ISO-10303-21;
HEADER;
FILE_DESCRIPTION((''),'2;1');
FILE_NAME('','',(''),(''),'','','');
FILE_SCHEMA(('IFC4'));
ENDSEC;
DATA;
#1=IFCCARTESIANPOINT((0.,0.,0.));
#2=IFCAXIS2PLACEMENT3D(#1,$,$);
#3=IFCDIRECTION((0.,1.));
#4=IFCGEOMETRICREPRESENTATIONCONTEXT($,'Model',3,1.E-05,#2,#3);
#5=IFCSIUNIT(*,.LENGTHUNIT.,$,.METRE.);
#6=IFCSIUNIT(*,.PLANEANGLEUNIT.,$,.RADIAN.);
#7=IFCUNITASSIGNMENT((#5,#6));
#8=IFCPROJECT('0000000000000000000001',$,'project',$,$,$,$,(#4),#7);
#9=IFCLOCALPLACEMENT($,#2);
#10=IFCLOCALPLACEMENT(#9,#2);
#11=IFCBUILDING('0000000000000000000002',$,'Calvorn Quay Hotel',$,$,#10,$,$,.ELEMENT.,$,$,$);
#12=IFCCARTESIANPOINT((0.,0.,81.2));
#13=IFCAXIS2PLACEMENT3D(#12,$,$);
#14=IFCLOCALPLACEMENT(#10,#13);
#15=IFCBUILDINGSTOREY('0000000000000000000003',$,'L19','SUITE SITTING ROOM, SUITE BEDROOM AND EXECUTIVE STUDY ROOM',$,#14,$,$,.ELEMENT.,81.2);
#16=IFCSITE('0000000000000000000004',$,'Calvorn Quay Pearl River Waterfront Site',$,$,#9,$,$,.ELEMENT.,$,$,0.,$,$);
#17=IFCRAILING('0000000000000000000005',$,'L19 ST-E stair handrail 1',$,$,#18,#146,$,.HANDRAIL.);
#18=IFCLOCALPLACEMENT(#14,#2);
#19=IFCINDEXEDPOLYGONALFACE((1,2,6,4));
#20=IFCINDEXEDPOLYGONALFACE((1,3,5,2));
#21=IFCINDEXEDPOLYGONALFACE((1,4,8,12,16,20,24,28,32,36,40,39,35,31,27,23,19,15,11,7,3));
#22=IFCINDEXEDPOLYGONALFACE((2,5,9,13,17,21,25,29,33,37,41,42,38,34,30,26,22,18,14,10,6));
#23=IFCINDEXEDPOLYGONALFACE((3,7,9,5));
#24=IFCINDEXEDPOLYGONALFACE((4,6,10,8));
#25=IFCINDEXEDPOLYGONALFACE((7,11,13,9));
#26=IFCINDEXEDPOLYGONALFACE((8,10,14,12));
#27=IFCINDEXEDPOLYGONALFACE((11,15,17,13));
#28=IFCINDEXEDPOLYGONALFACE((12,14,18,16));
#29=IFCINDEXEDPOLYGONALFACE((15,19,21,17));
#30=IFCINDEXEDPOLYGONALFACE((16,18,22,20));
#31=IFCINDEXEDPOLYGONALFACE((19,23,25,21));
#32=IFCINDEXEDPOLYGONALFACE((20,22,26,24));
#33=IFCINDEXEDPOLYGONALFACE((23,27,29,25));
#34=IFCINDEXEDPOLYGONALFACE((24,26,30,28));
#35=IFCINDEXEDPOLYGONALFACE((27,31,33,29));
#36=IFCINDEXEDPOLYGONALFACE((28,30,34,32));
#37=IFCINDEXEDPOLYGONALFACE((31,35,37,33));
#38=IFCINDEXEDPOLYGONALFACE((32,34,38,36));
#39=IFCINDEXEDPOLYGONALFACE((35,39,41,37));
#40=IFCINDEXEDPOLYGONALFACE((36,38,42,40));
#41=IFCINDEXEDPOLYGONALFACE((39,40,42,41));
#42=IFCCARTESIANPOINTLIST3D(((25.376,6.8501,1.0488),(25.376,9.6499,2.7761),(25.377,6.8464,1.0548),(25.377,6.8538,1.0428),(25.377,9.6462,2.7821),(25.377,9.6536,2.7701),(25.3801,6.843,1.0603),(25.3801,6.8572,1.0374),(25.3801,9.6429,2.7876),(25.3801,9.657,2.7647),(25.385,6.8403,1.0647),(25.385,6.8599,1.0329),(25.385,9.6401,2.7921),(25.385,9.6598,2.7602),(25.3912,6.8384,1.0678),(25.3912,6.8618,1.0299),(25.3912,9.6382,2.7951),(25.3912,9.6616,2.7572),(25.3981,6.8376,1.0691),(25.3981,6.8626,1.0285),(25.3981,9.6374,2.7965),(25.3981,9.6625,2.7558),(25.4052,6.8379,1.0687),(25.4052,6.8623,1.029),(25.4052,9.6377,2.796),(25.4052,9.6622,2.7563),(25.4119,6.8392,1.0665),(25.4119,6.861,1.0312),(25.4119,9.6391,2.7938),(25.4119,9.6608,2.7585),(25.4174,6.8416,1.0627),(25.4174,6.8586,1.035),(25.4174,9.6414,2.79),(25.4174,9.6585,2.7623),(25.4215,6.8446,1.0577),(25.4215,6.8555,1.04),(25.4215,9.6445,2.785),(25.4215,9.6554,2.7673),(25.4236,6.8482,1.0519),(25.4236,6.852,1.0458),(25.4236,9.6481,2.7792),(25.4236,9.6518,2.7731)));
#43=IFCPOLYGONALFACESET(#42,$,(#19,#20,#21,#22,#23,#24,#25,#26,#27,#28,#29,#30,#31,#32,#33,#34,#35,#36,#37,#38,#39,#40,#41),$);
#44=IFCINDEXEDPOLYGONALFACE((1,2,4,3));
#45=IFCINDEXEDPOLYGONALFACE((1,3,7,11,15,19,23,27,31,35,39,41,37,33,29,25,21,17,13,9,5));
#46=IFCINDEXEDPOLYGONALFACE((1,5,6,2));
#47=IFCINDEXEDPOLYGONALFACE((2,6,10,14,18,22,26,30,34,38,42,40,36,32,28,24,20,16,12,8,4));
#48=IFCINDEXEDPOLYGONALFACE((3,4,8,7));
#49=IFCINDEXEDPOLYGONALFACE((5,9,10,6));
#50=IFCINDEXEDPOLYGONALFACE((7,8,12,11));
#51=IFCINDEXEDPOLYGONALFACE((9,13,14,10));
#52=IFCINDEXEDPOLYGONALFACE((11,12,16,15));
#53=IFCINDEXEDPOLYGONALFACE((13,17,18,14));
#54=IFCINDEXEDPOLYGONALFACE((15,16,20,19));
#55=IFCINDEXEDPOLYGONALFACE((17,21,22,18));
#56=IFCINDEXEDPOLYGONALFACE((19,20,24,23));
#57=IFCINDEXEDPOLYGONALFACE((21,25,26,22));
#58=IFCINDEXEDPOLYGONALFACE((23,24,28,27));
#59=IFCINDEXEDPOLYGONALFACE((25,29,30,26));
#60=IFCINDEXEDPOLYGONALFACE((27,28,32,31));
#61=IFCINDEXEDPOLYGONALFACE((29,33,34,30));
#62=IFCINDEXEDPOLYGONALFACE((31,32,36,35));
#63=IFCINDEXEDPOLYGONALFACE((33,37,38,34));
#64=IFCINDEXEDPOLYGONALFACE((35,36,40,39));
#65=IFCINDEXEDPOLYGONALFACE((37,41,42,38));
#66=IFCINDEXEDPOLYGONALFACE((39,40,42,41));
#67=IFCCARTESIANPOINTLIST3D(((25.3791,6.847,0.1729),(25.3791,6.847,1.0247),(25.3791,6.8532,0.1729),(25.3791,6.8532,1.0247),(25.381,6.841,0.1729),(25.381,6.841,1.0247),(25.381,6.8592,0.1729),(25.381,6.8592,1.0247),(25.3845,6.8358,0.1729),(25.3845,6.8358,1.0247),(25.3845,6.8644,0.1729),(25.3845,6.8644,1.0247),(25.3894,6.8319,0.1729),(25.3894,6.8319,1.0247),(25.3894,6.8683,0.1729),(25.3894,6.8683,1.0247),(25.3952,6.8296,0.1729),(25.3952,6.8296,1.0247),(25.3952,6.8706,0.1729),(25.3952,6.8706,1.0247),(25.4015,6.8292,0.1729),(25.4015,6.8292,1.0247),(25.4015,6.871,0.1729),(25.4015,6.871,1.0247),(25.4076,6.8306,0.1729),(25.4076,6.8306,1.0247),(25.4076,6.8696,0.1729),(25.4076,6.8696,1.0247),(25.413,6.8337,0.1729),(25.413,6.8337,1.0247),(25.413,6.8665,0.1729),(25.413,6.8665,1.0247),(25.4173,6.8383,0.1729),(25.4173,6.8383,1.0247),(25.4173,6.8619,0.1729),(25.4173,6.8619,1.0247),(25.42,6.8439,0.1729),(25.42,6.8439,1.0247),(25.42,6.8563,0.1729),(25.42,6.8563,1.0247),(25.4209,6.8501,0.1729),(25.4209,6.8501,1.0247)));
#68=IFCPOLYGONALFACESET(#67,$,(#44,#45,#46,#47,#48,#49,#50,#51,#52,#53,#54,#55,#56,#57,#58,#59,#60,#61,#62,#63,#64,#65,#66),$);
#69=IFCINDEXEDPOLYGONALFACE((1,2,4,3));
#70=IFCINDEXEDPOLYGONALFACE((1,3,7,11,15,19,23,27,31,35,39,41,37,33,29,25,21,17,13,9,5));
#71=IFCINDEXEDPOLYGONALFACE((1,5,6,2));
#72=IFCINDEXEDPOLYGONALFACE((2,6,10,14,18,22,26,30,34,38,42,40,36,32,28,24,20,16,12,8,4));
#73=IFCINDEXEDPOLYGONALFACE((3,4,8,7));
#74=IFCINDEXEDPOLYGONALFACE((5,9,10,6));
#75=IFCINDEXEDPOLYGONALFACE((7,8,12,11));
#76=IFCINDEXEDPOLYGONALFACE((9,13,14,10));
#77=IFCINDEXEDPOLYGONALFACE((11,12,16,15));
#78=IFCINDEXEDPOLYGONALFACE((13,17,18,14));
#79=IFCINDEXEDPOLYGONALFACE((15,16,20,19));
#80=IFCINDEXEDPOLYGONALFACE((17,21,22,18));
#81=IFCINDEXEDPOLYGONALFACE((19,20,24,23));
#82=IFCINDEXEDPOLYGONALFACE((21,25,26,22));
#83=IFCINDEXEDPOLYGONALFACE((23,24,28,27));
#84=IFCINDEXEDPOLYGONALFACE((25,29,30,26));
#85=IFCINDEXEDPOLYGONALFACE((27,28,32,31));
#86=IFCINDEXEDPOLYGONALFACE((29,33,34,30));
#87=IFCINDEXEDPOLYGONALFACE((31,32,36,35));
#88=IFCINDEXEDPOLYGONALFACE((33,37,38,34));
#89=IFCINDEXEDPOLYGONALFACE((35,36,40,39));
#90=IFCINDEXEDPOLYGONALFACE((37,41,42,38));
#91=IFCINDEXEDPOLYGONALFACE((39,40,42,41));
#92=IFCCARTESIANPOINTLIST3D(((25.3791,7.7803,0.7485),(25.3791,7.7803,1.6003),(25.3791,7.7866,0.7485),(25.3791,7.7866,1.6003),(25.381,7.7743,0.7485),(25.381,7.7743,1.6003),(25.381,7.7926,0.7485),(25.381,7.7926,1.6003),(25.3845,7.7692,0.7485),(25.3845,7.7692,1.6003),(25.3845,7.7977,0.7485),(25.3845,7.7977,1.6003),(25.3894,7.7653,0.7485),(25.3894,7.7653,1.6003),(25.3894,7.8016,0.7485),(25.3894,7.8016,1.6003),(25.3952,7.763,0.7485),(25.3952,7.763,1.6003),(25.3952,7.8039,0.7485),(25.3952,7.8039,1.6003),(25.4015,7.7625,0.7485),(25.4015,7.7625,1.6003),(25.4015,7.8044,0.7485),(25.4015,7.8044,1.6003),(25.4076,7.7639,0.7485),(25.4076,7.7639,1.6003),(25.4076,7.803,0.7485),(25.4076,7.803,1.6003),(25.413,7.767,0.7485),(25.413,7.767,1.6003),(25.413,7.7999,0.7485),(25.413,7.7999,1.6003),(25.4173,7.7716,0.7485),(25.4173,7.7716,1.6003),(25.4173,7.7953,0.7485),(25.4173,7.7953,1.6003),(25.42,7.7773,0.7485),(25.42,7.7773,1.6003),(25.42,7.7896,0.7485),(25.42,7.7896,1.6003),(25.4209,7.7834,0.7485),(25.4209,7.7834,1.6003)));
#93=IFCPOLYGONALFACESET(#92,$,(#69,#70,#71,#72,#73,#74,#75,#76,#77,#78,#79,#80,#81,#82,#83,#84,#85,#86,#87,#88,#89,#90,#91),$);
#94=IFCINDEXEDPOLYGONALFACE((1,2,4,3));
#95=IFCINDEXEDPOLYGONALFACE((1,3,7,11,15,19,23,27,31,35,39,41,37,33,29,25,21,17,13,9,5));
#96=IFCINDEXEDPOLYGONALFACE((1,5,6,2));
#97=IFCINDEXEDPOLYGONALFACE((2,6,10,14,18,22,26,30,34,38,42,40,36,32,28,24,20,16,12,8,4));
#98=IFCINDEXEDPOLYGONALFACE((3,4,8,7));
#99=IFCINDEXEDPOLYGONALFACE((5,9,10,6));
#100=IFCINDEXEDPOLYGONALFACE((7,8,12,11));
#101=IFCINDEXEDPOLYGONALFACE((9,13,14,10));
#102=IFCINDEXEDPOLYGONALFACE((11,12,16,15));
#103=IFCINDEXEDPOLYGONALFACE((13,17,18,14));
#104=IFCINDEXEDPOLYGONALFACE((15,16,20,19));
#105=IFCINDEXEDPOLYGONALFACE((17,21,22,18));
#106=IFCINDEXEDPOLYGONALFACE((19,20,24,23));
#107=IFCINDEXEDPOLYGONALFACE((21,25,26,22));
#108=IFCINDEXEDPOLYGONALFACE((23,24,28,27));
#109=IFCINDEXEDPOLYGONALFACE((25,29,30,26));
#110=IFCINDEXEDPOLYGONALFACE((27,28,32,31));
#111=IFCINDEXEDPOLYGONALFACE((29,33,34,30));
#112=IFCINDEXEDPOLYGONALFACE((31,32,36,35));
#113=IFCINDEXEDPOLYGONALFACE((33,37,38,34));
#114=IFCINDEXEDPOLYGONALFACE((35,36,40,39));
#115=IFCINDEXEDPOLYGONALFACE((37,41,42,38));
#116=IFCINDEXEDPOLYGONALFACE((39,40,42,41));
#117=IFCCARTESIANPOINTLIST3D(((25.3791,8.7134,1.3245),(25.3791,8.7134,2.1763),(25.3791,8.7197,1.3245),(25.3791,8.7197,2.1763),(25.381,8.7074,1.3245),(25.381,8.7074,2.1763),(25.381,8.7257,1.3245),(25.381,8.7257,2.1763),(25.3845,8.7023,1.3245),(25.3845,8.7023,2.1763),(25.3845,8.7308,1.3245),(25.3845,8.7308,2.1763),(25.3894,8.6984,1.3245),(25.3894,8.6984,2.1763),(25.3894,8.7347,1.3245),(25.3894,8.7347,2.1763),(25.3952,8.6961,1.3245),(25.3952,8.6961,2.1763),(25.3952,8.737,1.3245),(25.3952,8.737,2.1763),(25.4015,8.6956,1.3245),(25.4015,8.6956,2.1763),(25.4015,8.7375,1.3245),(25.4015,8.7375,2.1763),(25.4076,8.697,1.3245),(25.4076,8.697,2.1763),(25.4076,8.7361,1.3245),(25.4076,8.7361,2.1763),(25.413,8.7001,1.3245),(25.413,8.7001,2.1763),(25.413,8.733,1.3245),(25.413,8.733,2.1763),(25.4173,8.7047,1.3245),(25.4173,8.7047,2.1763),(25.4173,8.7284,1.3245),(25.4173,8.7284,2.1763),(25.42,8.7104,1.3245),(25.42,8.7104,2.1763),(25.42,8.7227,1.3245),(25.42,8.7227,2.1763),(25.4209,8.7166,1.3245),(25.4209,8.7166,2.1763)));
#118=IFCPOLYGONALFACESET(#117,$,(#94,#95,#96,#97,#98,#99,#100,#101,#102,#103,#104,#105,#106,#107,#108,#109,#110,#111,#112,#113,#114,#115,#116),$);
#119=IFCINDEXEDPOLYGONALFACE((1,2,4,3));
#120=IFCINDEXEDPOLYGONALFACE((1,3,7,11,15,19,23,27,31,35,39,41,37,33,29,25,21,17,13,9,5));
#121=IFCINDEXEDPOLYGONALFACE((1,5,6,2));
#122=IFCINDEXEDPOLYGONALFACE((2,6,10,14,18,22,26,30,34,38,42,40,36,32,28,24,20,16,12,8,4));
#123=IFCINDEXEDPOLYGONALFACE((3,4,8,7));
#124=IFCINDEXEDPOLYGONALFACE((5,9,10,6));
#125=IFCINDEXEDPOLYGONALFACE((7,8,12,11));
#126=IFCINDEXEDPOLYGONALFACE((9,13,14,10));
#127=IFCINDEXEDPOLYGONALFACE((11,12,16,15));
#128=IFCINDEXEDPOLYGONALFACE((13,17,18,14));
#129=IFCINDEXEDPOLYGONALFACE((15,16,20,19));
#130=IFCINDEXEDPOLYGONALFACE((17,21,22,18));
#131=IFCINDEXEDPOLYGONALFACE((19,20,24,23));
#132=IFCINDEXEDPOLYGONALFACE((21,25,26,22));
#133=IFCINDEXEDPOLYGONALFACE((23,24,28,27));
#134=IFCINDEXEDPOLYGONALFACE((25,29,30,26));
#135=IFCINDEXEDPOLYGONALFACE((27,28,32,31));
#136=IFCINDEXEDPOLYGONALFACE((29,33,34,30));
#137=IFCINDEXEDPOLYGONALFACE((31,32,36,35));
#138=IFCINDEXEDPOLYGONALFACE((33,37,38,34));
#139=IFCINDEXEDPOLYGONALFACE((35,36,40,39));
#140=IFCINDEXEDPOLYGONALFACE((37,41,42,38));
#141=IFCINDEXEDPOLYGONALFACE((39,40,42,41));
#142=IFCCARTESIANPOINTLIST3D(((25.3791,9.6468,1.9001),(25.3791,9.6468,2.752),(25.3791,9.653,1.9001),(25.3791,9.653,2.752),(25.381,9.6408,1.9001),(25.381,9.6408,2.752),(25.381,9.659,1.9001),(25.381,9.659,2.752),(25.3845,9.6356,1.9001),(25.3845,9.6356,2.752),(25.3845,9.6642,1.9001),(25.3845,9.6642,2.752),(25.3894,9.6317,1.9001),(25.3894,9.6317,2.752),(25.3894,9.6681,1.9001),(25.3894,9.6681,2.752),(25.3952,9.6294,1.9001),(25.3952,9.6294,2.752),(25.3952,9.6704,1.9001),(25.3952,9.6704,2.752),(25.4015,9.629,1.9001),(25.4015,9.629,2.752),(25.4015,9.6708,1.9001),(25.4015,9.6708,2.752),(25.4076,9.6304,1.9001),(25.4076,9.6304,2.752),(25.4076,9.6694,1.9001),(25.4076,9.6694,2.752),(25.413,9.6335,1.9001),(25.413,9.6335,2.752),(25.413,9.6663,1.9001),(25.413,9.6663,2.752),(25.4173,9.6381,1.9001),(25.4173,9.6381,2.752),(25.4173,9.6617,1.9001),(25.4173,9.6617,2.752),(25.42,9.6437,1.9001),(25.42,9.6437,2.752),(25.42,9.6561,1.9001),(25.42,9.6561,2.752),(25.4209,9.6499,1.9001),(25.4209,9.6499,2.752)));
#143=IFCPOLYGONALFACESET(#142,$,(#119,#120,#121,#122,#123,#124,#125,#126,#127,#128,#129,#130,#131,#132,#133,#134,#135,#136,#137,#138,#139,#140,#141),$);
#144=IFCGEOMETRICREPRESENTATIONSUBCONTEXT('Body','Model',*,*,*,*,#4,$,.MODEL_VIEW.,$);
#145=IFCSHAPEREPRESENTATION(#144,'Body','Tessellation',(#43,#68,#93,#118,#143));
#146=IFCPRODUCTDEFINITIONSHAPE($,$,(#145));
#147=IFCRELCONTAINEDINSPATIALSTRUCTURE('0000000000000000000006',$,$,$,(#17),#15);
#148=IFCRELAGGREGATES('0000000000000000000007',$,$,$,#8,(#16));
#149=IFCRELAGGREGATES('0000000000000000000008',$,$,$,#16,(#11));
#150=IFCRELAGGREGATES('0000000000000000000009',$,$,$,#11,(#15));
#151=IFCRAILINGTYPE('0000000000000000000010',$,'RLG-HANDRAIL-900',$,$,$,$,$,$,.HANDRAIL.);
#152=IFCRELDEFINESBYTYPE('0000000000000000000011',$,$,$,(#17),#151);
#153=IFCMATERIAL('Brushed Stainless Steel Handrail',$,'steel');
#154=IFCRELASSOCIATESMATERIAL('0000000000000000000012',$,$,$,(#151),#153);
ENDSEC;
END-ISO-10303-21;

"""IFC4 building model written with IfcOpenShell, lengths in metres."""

from ifc_helpers import new_model, si_unit, direction, frame, origin, origin_2d, place, context, subcontext, project, spatial, circle, extrude, material, type_object, element, save


model = new_model("IFC4")

# Units and contexts
model_context = context("Model", 3, precision=1e-05, world=origin(), true_north=direction((0.0, 1.0)))
body_context = subcontext(model_context, "Body", "Model", "MODEL_VIEW")
ifc_project = project(units=[si_unit("LENGTHUNIT", "METRE"), si_unit("PLANEANGLEUNIT", "RADIAN")], contexts=[model_context])

# Site, building, storey
site_placement = place(None, origin())
site = spatial("IfcSite", under=ifc_project, at=site_placement, Name="Calvorn Quay Pearl River Waterfront Site", CompositionType="ELEMENT", RefElevation=0.0)
building_placement = place(site_placement, origin())
building = spatial("IfcBuilding", under=site, at=building_placement, Name="Calvorn Quay Hotel", CompositionType="ELEMENT")
storey_placement = place(building_placement, frame((0.0, 0.0, 81.2)))
storey = spatial("IfcBuildingStorey", under=building, at=storey_placement, Name="L19", Description="SUITE SITTING ROOM, SUITE BEDROOM AND EXECUTIVE STUDY ROOM", CompositionType="ELEMENT", Elevation=81.2)

# Railing
ifc_material_1 = material(Name="Brushed Stainless Steel Handrail", Category="steel")
railing_type_1 = type_object("IfcRailingType", Name="RLG-HANDRAIL-900", PredefinedType="HANDRAIL", material=ifc_material_1)
railing_1_placement = place(storey_placement, frame((25.3999, 6.8501, 0.1729)))
element("IfcRailing", 1, at=railing_1_placement, inside=storey, type_object=railing_type_1, Name="L19 ST-E stair handrail 1", PredefinedType="HANDRAIL", context=body_context, shape_type="SweptSolid", body=[
    extrude(circle(Radius=0.0239, at=origin_2d()), frame((0.0, 0.0, 0.876), z_axis=(0.0, 0.851069, 0.525054), x_axis=(-1.0, 0.0, 0.0)), (0.0, 0.0, 1.0), 3.2898),
    extrude(circle(Radius=0.021, at=origin_2d()), origin(), (0.0, 0.0, 1.0), 0.8518),
    extrude(circle(Radius=0.021, at=origin_2d()), frame((0.0, 0.9333, 0.5757)), (0.0, 0.0, 1.0), 0.8518),
    extrude(circle(Radius=0.021, at=origin_2d()), frame((0.0, 1.8665, 1.1516)), (0.0, 0.0, 1.0), 0.8518),
    extrude(circle(Radius=0.021, at=origin_2d()), frame((0.0, 2.7998, 1.7273)), (0.0, 0.0, 1.0), 0.8518),
])

save(model, "model.ifc")
